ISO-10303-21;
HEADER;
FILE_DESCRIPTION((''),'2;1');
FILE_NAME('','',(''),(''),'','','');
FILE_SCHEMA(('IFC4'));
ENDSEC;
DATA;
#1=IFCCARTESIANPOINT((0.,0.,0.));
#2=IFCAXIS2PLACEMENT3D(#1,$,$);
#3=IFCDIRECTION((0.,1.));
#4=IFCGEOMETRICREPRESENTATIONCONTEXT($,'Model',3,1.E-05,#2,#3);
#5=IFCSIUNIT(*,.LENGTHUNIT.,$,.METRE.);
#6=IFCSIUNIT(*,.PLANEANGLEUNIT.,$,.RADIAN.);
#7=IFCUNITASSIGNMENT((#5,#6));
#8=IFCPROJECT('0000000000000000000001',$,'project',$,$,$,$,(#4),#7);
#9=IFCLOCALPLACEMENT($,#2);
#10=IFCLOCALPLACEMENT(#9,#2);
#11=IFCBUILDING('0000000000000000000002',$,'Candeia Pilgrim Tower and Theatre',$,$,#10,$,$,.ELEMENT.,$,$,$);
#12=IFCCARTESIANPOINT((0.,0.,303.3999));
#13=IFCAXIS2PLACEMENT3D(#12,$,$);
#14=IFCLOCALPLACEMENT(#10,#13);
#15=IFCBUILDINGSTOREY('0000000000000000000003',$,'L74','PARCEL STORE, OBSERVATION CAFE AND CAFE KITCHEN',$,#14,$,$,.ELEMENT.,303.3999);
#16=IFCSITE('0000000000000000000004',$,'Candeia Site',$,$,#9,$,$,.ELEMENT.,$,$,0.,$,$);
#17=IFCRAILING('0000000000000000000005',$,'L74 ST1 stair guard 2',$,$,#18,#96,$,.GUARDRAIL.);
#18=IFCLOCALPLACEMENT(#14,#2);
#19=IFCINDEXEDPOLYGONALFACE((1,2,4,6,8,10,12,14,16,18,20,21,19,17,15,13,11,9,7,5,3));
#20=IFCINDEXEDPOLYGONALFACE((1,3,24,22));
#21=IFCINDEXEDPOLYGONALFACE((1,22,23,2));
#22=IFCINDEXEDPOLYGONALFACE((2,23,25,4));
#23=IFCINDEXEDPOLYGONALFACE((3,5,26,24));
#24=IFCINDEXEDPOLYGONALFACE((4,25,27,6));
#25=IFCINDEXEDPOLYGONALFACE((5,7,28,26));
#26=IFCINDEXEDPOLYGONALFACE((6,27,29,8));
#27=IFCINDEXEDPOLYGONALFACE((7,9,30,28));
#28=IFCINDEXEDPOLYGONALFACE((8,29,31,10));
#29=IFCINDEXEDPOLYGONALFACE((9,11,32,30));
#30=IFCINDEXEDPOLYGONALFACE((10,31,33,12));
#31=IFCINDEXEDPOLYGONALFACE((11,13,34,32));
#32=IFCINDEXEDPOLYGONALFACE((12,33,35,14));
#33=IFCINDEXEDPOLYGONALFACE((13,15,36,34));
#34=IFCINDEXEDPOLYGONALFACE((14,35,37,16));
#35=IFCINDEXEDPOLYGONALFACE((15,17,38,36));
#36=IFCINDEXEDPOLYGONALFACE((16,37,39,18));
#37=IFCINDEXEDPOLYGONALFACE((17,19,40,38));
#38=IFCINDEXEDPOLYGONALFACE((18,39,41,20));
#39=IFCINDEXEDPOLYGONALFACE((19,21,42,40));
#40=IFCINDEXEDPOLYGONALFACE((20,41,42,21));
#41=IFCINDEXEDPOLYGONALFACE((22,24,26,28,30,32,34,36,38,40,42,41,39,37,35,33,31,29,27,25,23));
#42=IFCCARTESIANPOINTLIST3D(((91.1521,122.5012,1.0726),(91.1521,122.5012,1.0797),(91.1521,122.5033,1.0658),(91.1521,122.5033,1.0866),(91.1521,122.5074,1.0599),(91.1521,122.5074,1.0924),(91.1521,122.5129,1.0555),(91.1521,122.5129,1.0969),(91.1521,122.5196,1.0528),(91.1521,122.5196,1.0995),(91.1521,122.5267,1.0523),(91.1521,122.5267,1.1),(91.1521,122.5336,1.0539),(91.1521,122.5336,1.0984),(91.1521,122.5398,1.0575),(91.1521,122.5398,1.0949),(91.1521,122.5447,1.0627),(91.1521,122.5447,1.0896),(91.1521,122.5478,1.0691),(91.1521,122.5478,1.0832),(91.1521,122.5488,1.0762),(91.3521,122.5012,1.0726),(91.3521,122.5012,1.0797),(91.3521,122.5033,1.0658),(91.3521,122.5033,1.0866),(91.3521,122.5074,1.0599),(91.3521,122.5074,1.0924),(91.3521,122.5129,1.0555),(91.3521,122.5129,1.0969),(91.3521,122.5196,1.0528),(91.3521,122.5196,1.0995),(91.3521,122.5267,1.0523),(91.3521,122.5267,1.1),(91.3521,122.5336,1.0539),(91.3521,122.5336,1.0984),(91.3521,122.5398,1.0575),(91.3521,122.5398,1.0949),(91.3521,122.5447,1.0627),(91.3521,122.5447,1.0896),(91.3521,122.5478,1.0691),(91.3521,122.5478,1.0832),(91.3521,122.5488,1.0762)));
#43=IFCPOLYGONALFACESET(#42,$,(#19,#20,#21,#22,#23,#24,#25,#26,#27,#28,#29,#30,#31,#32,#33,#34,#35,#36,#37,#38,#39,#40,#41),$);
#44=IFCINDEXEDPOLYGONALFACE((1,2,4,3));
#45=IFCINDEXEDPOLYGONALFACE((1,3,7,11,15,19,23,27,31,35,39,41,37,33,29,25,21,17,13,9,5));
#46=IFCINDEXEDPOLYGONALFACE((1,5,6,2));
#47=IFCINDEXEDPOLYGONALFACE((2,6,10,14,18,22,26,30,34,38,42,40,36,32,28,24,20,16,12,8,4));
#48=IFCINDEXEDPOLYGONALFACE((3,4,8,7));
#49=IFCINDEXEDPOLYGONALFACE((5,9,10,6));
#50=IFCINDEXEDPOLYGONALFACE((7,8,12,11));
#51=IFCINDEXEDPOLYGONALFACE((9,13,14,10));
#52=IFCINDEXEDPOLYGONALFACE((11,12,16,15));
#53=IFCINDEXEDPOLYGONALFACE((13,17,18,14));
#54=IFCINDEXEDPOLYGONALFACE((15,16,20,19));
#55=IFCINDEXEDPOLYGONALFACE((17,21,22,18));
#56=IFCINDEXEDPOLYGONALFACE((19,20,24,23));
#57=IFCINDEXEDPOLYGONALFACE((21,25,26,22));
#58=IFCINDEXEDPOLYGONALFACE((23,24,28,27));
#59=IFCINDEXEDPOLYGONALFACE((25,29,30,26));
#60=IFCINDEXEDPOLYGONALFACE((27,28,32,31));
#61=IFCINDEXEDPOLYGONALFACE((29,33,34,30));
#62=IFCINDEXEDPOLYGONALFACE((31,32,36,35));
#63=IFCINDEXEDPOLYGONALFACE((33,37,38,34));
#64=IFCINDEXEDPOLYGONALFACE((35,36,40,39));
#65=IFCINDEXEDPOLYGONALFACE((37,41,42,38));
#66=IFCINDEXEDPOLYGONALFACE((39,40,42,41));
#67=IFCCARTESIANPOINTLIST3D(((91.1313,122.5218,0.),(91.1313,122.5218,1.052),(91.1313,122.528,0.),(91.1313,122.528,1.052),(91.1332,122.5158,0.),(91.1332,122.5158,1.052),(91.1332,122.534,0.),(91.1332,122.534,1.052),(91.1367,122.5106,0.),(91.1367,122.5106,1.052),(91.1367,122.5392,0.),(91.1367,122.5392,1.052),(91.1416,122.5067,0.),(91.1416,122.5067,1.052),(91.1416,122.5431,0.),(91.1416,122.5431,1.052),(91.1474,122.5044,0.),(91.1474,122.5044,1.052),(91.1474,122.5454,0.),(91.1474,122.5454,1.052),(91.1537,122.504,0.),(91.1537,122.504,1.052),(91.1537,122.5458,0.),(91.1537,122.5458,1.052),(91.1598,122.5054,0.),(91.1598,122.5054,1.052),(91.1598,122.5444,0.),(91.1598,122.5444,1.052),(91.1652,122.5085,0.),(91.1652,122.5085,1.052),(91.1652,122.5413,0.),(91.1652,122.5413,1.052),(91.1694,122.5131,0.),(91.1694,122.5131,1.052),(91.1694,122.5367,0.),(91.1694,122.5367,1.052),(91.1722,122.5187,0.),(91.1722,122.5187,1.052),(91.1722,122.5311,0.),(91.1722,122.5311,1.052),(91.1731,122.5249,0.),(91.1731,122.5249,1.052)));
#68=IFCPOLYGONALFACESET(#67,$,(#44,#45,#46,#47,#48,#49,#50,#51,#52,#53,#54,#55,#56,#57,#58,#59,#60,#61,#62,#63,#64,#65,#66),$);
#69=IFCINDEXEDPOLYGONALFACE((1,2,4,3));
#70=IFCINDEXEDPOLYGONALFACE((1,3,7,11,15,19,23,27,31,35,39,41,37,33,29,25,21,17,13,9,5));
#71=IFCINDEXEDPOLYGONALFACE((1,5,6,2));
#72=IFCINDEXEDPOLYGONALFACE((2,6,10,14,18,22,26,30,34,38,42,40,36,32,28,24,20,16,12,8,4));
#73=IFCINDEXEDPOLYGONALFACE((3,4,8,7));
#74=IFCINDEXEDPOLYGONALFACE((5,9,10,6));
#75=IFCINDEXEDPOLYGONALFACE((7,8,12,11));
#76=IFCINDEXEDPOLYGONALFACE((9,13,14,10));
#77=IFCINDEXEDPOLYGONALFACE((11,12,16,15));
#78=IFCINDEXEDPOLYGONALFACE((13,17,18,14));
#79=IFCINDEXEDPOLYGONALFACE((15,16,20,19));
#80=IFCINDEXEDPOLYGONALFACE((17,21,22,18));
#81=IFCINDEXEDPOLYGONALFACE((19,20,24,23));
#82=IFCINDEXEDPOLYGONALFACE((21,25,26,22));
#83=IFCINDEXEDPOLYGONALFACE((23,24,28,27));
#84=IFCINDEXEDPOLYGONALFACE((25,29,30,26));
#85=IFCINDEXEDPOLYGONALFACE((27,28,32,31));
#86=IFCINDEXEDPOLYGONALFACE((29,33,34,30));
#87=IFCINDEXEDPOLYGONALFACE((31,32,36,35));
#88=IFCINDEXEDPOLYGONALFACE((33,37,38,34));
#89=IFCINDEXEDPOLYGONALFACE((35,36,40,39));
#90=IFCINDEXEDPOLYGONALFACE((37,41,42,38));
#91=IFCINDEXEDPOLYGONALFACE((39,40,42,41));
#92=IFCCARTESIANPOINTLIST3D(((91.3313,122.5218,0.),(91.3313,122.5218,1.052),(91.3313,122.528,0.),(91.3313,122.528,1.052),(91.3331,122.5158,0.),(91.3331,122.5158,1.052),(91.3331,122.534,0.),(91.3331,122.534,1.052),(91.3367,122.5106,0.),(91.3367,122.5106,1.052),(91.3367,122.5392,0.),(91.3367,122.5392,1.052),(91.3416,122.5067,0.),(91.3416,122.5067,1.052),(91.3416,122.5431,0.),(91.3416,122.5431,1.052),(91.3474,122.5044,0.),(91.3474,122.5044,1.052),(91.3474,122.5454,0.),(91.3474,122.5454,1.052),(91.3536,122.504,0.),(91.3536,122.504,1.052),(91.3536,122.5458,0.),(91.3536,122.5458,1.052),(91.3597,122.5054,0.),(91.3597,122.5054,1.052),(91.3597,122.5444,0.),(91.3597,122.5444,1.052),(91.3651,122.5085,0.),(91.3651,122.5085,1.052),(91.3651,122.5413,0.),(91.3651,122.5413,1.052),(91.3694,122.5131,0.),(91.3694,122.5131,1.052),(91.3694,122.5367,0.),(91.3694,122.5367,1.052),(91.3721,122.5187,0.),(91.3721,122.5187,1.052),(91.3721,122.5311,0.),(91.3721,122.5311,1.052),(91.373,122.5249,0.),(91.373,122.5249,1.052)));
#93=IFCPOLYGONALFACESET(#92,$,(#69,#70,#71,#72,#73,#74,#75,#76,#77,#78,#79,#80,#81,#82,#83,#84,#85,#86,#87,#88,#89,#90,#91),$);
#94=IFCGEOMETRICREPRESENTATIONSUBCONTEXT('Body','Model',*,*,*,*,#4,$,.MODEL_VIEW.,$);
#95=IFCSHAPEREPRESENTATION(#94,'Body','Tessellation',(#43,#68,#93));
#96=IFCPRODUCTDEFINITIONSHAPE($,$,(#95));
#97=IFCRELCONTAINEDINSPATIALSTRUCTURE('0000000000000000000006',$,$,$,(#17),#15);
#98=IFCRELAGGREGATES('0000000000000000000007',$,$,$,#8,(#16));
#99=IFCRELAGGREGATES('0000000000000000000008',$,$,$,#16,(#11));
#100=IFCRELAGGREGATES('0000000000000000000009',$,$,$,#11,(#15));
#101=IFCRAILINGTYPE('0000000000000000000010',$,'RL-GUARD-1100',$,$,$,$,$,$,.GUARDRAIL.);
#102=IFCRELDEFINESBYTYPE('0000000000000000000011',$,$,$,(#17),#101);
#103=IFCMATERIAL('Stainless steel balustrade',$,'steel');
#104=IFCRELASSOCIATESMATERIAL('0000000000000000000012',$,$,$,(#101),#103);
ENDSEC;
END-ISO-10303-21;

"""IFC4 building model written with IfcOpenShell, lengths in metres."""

from ifc_helpers import new_model, si_unit, direction, frame, origin, origin_2d, place, context, subcontext, project, spatial, circle, extrude, material, type_object, element, save


model = new_model("IFC4")

# Units and contexts
model_context = context("Model", 3, precision=1e-05, world=origin(), true_north=direction((0.0, 1.0)))
body_context = subcontext(model_context, "Body", "Model", "MODEL_VIEW")
ifc_project = project(units=[si_unit("LENGTHUNIT", "METRE"), si_unit("PLANEANGLEUNIT", "RADIAN")], contexts=[model_context])

# Site, building, storey
site_placement = place(None, origin())
site = spatial("IfcSite", under=ifc_project, at=site_placement, Name="Candeia Site", CompositionType="ELEMENT", RefElevation=0.0)
building_placement = place(site_placement, origin())
building = spatial("IfcBuilding", under=site, at=building_placement, Name="Candeia Pilgrim Tower and Theatre", CompositionType="ELEMENT")
storey_placement = place(building_placement, frame((0.0, 0.0, 303.3999)))
storey = spatial("IfcBuildingStorey", under=building, at=storey_placement, Name="L74", Description="PARCEL STORE, OBSERVATION CAFE AND CAFE KITCHEN", CompositionType="ELEMENT", Elevation=303.3999)

# Railing
ifc_material_1 = material(Name="Stainless steel balustrade", Category="steel")
railing_type_1 = type_object("IfcRailingType", Name="RL-GUARD-1100", PredefinedType="GUARDRAIL", material=ifc_material_1)
railing_1_placement = place(storey_placement, frame((91.1521, 122.5249, 0.0)))
element("IfcRailing", 1, at=railing_1_placement, inside=storey, type_object=railing_type_1, Name="L74 ST1 stair guard 2", PredefinedType="GUARDRAIL", context=body_context, shape_type="SweptSolid", body=[
    extrude(circle(Radius=0.0239, at=origin_2d()), frame((0.0, 0.0, 1.0762), z_axis=(1.0, 0.0, 0.0), x_axis=(0.0, 1.0, 0.0)), (0.0, 0.0, 1.0), 0.2),
    extrude(circle(Radius=0.021, at=origin_2d()), origin(), (0.0, 0.0, 1.0), 1.052),
    extrude(circle(Radius=0.021, at=origin_2d()), frame((0.2, 0.0, 0.0)), (0.0, 0.0, 1.0), 1.052),
])

save(model, "model.ifc")
